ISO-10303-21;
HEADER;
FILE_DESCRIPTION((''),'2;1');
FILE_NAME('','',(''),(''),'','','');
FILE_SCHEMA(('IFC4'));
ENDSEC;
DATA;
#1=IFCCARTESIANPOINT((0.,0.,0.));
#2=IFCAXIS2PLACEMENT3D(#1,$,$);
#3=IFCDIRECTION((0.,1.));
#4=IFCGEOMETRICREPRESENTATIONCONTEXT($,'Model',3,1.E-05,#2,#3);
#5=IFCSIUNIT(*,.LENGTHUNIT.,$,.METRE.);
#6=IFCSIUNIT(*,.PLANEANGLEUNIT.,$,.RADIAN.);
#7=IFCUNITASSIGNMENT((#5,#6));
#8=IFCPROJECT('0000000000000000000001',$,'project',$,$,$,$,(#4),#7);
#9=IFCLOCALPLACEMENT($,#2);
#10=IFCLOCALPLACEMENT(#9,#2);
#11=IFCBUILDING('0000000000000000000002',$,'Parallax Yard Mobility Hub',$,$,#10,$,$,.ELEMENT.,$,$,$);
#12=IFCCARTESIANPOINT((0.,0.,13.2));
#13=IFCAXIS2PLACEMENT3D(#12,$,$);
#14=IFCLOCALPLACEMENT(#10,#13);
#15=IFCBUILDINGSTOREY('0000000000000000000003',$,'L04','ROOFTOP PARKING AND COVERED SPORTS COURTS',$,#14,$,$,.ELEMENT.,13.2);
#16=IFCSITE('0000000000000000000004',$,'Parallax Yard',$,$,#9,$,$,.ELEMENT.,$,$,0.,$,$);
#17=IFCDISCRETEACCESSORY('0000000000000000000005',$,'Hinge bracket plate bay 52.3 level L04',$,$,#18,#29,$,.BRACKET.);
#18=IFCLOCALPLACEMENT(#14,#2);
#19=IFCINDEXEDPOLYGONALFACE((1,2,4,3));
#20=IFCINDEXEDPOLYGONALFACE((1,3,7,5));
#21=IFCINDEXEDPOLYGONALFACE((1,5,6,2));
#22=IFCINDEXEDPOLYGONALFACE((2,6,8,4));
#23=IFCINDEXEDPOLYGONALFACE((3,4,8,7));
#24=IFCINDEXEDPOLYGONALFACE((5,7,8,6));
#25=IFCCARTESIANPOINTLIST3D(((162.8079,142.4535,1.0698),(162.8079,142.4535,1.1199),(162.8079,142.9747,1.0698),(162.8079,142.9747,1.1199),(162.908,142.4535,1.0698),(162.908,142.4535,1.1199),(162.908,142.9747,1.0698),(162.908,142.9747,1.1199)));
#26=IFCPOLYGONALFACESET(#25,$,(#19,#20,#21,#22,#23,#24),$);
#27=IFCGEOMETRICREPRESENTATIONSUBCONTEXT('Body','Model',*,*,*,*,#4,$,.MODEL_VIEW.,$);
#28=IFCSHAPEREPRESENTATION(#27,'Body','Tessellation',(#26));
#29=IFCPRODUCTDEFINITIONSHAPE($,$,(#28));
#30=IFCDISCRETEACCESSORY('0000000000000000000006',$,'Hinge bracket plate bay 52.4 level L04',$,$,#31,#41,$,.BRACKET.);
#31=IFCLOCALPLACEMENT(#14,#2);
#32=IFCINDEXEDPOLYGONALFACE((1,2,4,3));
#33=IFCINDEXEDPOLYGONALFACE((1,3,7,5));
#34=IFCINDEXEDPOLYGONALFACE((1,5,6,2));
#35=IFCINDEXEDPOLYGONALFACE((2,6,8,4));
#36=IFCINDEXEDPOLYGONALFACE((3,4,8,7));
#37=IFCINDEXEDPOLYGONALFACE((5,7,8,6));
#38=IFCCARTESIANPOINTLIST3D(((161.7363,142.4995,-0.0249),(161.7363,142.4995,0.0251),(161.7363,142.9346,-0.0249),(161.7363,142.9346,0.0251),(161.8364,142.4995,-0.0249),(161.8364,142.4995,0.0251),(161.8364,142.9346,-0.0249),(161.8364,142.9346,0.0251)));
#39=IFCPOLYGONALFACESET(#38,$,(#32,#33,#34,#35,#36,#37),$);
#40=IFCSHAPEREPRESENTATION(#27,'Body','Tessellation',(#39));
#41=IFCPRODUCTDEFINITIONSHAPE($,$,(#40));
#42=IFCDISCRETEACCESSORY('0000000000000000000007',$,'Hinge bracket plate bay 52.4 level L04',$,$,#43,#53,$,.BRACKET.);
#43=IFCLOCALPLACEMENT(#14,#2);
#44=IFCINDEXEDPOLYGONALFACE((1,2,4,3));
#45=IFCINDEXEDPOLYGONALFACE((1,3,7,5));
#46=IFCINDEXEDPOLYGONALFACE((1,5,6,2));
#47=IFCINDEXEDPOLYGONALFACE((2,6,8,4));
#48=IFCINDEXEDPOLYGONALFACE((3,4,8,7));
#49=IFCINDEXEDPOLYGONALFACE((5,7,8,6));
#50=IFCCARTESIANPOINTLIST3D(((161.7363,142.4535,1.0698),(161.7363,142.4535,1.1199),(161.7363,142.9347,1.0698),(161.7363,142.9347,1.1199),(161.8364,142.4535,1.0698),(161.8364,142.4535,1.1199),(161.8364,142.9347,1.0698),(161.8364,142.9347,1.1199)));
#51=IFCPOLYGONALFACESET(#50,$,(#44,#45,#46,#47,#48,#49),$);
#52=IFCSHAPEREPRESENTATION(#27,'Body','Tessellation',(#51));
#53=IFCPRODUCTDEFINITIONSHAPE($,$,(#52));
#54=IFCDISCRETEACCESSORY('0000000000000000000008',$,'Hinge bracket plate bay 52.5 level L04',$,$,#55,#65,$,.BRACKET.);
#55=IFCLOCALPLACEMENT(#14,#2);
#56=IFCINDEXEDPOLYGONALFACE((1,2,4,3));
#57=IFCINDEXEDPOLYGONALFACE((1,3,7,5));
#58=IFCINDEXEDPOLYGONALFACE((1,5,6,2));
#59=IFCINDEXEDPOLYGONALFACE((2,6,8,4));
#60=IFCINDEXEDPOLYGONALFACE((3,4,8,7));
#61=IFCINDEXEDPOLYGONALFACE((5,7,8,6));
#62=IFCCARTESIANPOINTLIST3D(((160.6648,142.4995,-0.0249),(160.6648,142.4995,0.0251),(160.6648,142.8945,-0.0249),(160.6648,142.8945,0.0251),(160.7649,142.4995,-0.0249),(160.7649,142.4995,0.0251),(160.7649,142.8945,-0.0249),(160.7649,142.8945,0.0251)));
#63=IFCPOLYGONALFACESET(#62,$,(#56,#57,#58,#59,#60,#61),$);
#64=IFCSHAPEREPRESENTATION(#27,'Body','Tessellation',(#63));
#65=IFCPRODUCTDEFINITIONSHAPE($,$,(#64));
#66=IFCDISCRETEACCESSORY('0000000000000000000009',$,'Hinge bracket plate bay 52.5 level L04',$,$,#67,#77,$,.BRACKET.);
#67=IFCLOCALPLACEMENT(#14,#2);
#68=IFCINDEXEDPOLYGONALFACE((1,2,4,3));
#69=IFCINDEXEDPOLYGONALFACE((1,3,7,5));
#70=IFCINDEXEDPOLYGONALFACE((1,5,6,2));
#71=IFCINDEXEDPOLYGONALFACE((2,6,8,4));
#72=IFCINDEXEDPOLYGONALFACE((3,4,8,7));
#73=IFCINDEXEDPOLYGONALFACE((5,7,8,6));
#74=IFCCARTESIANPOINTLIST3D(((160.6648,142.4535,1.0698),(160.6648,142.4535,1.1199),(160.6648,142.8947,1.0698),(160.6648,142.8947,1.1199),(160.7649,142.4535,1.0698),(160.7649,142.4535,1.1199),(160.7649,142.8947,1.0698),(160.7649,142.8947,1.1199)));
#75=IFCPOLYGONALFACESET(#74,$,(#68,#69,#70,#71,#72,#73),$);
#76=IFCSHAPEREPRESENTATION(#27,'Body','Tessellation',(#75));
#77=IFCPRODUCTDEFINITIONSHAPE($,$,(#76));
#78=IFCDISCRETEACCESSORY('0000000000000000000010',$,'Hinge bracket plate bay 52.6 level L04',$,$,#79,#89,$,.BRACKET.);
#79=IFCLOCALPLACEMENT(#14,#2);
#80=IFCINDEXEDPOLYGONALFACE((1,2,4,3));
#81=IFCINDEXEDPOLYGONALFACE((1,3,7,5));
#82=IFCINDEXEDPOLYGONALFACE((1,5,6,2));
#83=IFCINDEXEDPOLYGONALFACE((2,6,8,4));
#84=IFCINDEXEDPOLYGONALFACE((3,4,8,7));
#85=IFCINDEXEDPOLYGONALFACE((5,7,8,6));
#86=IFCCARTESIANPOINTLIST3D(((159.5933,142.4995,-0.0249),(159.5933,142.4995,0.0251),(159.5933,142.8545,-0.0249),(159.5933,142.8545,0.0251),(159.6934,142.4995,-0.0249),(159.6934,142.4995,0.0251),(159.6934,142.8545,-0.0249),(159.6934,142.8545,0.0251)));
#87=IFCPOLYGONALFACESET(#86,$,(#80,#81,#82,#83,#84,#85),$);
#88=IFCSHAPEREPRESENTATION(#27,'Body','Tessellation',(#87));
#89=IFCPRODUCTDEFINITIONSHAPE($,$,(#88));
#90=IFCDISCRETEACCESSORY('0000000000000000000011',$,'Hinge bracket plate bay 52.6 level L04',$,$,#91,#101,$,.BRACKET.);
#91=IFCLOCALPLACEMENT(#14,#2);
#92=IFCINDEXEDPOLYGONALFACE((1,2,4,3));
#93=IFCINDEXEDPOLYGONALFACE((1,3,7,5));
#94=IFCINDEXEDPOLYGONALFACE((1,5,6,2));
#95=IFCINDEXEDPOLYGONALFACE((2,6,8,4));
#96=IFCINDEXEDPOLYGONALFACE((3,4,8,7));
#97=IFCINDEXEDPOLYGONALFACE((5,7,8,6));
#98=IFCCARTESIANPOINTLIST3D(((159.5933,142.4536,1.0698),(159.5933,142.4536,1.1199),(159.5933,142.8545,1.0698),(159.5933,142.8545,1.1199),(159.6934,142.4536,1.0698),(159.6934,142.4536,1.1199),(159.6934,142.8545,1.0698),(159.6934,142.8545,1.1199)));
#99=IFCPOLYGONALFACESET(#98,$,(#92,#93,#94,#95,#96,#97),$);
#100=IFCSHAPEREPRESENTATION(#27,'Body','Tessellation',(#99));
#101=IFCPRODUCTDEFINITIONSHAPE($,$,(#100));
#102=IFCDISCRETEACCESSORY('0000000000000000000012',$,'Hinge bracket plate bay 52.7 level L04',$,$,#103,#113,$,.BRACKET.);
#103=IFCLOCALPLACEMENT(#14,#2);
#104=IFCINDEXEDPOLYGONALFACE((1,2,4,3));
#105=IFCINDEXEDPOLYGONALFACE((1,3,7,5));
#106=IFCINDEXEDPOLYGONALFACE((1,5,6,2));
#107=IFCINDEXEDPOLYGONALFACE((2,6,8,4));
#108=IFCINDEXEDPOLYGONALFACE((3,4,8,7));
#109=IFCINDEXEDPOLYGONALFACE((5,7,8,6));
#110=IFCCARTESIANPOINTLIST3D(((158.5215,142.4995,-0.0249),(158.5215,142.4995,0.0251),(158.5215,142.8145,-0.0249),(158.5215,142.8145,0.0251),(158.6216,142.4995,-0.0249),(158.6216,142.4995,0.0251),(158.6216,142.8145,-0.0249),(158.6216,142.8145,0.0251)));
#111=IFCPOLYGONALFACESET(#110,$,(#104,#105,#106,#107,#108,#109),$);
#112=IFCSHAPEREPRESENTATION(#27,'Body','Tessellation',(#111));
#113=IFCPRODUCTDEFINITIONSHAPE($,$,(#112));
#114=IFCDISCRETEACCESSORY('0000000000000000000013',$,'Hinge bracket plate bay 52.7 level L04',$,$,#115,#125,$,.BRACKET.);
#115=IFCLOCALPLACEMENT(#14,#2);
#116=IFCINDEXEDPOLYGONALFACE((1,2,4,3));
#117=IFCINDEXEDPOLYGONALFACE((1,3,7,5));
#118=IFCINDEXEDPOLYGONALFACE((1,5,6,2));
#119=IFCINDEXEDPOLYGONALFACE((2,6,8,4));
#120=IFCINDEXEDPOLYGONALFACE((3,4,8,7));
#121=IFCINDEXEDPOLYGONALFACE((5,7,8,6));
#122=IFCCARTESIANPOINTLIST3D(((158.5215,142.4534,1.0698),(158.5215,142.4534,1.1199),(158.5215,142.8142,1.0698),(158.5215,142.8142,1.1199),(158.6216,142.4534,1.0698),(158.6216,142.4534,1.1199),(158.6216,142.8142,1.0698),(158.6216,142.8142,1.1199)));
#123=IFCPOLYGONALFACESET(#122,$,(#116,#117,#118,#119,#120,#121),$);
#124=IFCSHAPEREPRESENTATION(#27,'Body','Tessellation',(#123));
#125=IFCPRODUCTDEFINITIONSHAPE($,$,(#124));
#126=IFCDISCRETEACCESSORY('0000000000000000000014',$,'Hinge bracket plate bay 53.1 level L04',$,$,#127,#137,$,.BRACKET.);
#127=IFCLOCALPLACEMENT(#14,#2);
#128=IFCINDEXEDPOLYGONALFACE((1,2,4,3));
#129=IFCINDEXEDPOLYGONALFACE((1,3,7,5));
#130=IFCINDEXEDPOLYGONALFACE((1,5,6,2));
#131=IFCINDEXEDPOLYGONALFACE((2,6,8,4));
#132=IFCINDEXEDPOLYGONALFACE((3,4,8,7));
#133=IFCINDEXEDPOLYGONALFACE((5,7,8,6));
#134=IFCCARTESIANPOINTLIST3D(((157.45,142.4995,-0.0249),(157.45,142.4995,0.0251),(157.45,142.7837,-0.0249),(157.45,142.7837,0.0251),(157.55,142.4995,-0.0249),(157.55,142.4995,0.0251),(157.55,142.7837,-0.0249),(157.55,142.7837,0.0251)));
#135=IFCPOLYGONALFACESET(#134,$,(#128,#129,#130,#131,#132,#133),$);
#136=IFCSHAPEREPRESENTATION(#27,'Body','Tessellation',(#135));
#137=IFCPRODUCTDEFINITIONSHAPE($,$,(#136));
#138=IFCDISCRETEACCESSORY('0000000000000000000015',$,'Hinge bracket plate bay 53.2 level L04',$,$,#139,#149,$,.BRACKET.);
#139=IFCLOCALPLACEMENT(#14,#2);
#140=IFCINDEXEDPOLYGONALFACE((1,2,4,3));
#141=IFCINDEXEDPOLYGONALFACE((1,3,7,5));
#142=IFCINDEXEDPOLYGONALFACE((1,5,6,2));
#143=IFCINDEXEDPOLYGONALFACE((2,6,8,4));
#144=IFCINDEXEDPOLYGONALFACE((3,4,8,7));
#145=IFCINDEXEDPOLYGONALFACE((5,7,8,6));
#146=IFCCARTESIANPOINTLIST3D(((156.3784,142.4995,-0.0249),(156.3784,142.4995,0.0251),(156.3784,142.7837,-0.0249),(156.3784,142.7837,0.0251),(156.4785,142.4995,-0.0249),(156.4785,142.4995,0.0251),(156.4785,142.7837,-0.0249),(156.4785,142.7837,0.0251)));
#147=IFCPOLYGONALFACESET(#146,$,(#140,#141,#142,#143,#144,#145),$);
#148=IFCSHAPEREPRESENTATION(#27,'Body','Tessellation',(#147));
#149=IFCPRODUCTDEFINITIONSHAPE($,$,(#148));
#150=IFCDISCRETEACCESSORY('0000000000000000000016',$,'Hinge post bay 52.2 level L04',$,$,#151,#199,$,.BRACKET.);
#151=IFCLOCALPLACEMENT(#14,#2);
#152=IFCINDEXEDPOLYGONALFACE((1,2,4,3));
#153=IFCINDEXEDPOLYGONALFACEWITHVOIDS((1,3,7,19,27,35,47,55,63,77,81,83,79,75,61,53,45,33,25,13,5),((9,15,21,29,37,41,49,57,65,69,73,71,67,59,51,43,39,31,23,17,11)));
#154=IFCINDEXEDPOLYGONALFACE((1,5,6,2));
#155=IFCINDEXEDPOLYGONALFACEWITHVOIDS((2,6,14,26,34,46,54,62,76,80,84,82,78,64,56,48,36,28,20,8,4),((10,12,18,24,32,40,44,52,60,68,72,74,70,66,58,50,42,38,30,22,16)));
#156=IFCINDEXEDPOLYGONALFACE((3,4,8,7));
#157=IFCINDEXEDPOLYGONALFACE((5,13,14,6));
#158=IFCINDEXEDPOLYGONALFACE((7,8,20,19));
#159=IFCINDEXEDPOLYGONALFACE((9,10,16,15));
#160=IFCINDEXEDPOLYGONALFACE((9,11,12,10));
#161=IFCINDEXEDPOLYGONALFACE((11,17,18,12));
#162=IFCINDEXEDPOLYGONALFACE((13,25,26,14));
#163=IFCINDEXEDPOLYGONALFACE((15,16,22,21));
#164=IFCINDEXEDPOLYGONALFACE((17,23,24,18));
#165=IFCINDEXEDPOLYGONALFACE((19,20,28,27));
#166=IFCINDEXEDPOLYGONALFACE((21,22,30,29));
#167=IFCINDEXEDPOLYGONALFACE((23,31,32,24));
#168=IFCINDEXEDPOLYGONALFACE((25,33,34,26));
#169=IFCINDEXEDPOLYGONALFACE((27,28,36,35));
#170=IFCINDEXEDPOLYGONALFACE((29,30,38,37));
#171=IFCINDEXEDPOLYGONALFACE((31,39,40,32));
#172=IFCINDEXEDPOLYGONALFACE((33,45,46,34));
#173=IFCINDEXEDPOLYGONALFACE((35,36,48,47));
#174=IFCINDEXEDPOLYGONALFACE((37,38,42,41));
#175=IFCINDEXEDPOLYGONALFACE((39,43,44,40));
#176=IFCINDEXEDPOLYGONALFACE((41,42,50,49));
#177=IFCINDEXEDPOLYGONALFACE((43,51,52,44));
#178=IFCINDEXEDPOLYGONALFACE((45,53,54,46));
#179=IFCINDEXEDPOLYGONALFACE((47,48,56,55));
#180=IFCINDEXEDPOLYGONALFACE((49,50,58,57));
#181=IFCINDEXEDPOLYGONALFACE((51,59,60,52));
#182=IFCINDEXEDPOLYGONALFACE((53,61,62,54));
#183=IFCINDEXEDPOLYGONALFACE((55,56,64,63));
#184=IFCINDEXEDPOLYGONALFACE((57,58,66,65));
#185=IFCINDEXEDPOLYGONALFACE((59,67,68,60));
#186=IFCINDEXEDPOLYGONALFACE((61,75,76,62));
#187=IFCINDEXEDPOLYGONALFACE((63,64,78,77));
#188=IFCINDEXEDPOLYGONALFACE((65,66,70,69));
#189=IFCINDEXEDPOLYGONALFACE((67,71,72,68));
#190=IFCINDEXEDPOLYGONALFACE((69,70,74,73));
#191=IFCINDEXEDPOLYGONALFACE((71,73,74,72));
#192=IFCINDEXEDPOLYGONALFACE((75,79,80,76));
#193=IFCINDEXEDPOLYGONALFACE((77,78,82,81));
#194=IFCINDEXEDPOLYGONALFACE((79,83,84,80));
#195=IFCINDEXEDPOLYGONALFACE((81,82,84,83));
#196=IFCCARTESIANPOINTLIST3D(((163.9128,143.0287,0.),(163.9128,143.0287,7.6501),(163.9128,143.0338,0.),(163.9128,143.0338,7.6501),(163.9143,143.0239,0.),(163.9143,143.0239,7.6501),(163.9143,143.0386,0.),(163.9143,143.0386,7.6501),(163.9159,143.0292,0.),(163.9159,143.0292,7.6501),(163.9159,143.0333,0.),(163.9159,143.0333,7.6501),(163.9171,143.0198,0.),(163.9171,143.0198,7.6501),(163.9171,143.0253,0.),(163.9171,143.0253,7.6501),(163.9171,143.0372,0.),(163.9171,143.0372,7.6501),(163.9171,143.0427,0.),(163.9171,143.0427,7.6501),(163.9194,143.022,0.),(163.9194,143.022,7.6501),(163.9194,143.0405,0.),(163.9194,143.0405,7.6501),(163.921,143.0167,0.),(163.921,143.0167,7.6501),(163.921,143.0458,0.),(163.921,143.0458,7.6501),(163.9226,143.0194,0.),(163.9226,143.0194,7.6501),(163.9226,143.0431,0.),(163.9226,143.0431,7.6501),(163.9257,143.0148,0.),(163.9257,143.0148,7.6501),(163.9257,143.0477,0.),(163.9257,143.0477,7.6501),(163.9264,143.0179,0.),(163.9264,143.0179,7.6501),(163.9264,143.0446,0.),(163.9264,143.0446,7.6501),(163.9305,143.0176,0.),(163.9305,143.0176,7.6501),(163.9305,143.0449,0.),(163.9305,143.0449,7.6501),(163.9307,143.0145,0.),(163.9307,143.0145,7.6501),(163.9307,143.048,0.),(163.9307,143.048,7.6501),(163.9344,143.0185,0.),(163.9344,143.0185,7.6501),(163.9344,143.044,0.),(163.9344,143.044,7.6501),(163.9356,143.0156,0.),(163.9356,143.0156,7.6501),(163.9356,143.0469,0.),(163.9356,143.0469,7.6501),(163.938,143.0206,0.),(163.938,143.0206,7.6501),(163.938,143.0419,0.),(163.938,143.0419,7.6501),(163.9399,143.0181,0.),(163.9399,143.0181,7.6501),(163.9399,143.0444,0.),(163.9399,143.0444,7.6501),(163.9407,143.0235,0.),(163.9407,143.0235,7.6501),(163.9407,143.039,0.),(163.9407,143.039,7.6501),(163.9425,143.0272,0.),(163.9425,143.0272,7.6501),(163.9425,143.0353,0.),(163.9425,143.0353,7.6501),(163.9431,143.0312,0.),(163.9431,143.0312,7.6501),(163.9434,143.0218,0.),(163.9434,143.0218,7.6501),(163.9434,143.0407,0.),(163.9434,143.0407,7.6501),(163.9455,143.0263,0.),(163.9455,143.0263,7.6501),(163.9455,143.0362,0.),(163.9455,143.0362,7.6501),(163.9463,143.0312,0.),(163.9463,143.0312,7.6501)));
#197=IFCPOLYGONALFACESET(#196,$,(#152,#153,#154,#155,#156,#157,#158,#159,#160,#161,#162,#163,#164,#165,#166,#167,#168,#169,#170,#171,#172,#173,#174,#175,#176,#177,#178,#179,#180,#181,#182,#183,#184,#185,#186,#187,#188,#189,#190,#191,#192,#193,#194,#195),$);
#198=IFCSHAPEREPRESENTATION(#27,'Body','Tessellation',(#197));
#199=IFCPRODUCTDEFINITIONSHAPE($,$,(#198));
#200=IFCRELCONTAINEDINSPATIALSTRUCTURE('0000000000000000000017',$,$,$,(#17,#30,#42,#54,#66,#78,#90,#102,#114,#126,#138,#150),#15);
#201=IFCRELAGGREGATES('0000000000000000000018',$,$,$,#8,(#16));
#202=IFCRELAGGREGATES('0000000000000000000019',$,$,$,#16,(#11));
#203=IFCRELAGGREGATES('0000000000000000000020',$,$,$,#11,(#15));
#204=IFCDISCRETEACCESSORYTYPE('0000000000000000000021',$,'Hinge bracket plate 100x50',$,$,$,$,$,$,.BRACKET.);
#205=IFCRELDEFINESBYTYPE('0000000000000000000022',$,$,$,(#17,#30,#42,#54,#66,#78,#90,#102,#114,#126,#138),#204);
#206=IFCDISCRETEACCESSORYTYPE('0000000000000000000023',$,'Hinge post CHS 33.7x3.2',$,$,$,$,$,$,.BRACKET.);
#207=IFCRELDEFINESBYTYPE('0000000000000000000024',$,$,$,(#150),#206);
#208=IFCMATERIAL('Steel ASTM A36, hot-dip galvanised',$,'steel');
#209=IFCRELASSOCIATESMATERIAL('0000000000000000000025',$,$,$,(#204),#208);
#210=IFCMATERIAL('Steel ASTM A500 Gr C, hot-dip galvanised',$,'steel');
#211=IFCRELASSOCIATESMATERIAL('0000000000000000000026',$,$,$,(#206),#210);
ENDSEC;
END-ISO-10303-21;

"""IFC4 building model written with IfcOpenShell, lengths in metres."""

from ifc_helpers import new_model, si_unit, direction, frame, origin, origin_2d, place, context, subcontext, project, spatial, rectangle, hollow_circle, extrude, material, material_profile, profile_set, type_object, element, save


model = new_model("IFC4")

# Units and contexts
model_context = context("Model", 3, precision=1e-05, world=origin(), true_north=direction((0.0, 1.0)))
body_context = subcontext(model_context, "Body", "Model", "MODEL_VIEW")
ifc_project = project(units=[si_unit("LENGTHUNIT", "METRE"), si_unit("PLANEANGLEUNIT", "RADIAN")], contexts=[model_context])

# Site, building, storey
site_placement = place(None, origin())
site = spatial("IfcSite", under=ifc_project, at=site_placement, Name="Parallax Yard", CompositionType="ELEMENT", RefElevation=0.0)
building_placement = place(site_placement, origin())
building = spatial("IfcBuilding", under=site, at=building_placement, Name="Parallax Yard Mobility Hub", CompositionType="ELEMENT")
storey_placement = place(building_placement, frame((0.0, 0.0, 13.2)))
storey = spatial("IfcBuildingStorey", under=building, at=storey_placement, Name="L04", Description="ROOFTOP PARKING AND COVERED SPORTS COURTS", CompositionType="ELEMENT", Elevation=13.2)

# Discrete accessories
ifc_material_1 = material(Name="Steel ASTM A36, hot-dip galvanised", Category="steel")
discrete_accessory_type_1 = type_object("IfcDiscreteAccessoryType", Name="Hinge bracket plate 100x50", PredefinedType="BRACKET", material=ifc_material_1)
discrete_accessory_1_placement = place(storey_placement, frame((162.8579, 142.7141, 1.0698), z_axis=(0.0, 0.0, 1.0), x_axis=(0.0, 1.0, 0.0)))
element("IfcDiscreteAccessory", 1, at=discrete_accessory_1_placement, inside=storey, type_object=discrete_accessory_type_1, Name="Hinge bracket plate bay 52.3 level L04", PredefinedType="BRACKET", context=body_context, shape_type="SweptSolid", body=[
    extrude(rectangle(XDim=0.5212, YDim=0.1001, at=origin_2d()), origin(), (0.0, 0.0, 1.0), 0.05),
])
discrete_accessory_2_placement = place(storey_placement, frame((161.7864, 142.717, -0.0249), z_axis=(0.0, 0.0, 1.0), x_axis=(0.0, 1.0, 0.0)))
element("IfcDiscreteAccessory", 2, at=discrete_accessory_2_placement, inside=storey, type_object=discrete_accessory_type_1, Name="Hinge bracket plate bay 52.4 level L04", PredefinedType="BRACKET", context=body_context, shape_type="SweptSolid", body=[
    extrude(rectangle(XDim=0.4351, YDim=0.1001, at=origin_2d()), origin(), (0.0, 0.0, 1.0), 0.05),
])
discrete_accessory_3_placement = place(storey_placement, frame((161.7864, 142.6941, 1.0698), z_axis=(0.0, 0.0, 1.0), x_axis=(0.0, 1.0, 0.0)))
element("IfcDiscreteAccessory", 3, at=discrete_accessory_3_placement, inside=storey, type_object=discrete_accessory_type_1, Name="Hinge bracket plate bay 52.4 level L04", PredefinedType="BRACKET", context=body_context, shape_type="SweptSolid", body=[
    extrude(rectangle(XDim=0.4812, YDim=0.1001, at=origin_2d()), origin(), (0.0, 0.0, 1.0), 0.05),
])
discrete_accessory_4_placement = place(storey_placement, frame((160.7148, 142.697, -0.0249), z_axis=(0.0, 0.0, 1.0), x_axis=(0.0, 1.0, 0.0)))
element("IfcDiscreteAccessory", 4, at=discrete_accessory_4_placement, inside=storey, type_object=discrete_accessory_type_1, Name="Hinge bracket plate bay 52.5 level L04", PredefinedType="BRACKET", context=body_context, shape_type="SweptSolid", body=[
    extrude(rectangle(XDim=0.395, YDim=0.1001, at=origin_2d()), origin(), (0.0, 0.0, 1.0), 0.05),
])
discrete_accessory_5_placement = place(storey_placement, frame((160.7148, 142.6741, 1.0698), z_axis=(0.0, 0.0, 1.0), x_axis=(0.0, 1.0, 0.0)))
element("IfcDiscreteAccessory", 5, at=discrete_accessory_5_placement, inside=storey, type_object=discrete_accessory_type_1, Name="Hinge bracket plate bay 52.5 level L04", PredefinedType="BRACKET", context=body_context, shape_type="SweptSolid", body=[
    extrude(rectangle(XDim=0.4412, YDim=0.1001, at=origin_2d()), origin(), (0.0, 0.0, 1.0), 0.05),
])
discrete_accessory_6_placement = place(storey_placement, frame((159.6433, 142.677, -0.0249), z_axis=(0.0, 0.0, 1.0), x_axis=(0.0, 1.0, 0.0)))
element("IfcDiscreteAccessory", 6, at=discrete_accessory_6_placement, inside=storey, type_object=discrete_accessory_type_1, Name="Hinge bracket plate bay 52.6 level L04", PredefinedType="BRACKET", context=body_context, shape_type="SweptSolid", body=[
    extrude(rectangle(XDim=0.355, YDim=0.1001, at=origin_2d()), origin(), (0.0, 0.0, 1.0), 0.05),
])
discrete_accessory_7_placement = place(storey_placement, frame((159.6433, 142.6541, 1.0698), z_axis=(0.0, 0.0, 1.0), x_axis=(0.0, 1.0, 0.0)))
element("IfcDiscreteAccessory", 7, at=discrete_accessory_7_placement, inside=storey, type_object=discrete_accessory_type_1, Name="Hinge bracket plate bay 52.6 level L04", PredefinedType="BRACKET", context=body_context, shape_type="SweptSolid", body=[
    extrude(rectangle(XDim=0.4009, YDim=0.1001, at=origin_2d()), origin(), (0.0, 0.0, 1.0), 0.05),
])
discrete_accessory_8_placement = place(storey_placement, frame((158.5715, 142.657, -0.0249), z_axis=(0.0, 0.0, 1.0), x_axis=(0.0, 1.0, 0.0)))
element("IfcDiscreteAccessory", 8, at=discrete_accessory_8_placement, inside=storey, type_object=discrete_accessory_type_1, Name="Hinge bracket plate bay 52.7 level L04", PredefinedType="BRACKET", context=body_context, shape_type="SweptSolid", body=[
    extrude(rectangle(XDim=0.3149, YDim=0.1001, at=origin_2d()), origin(), (0.0, 0.0, 1.0), 0.05),
])
discrete_accessory_9_placement = place(storey_placement, frame((158.5715, 142.6338, 1.0698), z_axis=(0.0, 0.0, 1.0), x_axis=(0.0, 1.0, 0.0)))
element("IfcDiscreteAccessory", 9, at=discrete_accessory_9_placement, inside=storey, type_object=discrete_accessory_type_1, Name="Hinge bracket plate bay 52.7 level L04", PredefinedType="BRACKET", context=body_context, shape_type="SweptSolid", body=[
    extrude(rectangle(XDim=0.3608, YDim=0.1001, at=origin_2d()), origin(), (0.0, 0.0, 1.0), 0.05),
])
for number, where, z_axis, x_axis, name in (
    (10, (157.5, 142.6416, -0.0249), (0.0, 0.0, 1.0), (0.0, 1.0, 0.0), "Hinge bracket plate bay 53.1 level L04"),
    (11, (156.4285, 142.6416, -0.0249), (0.0, 0.0, 1.0), (0.0, 1.0, 0.0), "Hinge bracket plate bay 53.2 level L04"),
):
    element("IfcDiscreteAccessory", number, at=place(storey_placement, frame(where, z_axis=z_axis, x_axis=x_axis)), inside=storey, type_object=discrete_accessory_type_1, Name=name, PredefinedType="BRACKET", context=body_context, shape_type="SweptSolid", body=[
        extrude(rectangle(XDim=0.2842, YDim=0.1001, at=origin_2d()), origin(), (0.0, 0.0, 1.0), 0.05),
    ])
ifc_material_2 = material(Name="Steel ASTM A500 Gr C, hot-dip galvanised", Category="steel")
ifc_material_profile = material_profile(ifc_material_2, hollow_circle(Radius=0.0168, WallThickness=0.0032, at=origin_2d()), Name="CHS 33.7x3.2")
ifc_profile_set = profile_set([ifc_material_profile], Name="Steel ASTM A500 Gr C, hot-dip galvanised")
discrete_accessory_type_2 = type_object("IfcDiscreteAccessoryType", Name="Hinge post CHS 33.7x3.2", PredefinedType="BRACKET", material=ifc_profile_set)
discrete_accessory_10_placement = place(storey_placement, frame((163.9294, 143.0312, 0.0), z_axis=(0.0, 0.0, 1.0), x_axis=(1.0, 0.0, 0.0)))
element("IfcDiscreteAccessory", 12, at=discrete_accessory_10_placement, inside=storey, type_object=discrete_accessory_type_2, Name="Hinge post bay 52.2 level L04", PredefinedType="BRACKET", context=body_context, shape_type="SweptSolid", body=[
    extrude(hollow_circle(Radius=0.0168, WallThickness=0.0032, at=origin_2d()), origin(), (0.0, 0.0, 1.0), 7.6501),
])

save(model, "model.ifc")
